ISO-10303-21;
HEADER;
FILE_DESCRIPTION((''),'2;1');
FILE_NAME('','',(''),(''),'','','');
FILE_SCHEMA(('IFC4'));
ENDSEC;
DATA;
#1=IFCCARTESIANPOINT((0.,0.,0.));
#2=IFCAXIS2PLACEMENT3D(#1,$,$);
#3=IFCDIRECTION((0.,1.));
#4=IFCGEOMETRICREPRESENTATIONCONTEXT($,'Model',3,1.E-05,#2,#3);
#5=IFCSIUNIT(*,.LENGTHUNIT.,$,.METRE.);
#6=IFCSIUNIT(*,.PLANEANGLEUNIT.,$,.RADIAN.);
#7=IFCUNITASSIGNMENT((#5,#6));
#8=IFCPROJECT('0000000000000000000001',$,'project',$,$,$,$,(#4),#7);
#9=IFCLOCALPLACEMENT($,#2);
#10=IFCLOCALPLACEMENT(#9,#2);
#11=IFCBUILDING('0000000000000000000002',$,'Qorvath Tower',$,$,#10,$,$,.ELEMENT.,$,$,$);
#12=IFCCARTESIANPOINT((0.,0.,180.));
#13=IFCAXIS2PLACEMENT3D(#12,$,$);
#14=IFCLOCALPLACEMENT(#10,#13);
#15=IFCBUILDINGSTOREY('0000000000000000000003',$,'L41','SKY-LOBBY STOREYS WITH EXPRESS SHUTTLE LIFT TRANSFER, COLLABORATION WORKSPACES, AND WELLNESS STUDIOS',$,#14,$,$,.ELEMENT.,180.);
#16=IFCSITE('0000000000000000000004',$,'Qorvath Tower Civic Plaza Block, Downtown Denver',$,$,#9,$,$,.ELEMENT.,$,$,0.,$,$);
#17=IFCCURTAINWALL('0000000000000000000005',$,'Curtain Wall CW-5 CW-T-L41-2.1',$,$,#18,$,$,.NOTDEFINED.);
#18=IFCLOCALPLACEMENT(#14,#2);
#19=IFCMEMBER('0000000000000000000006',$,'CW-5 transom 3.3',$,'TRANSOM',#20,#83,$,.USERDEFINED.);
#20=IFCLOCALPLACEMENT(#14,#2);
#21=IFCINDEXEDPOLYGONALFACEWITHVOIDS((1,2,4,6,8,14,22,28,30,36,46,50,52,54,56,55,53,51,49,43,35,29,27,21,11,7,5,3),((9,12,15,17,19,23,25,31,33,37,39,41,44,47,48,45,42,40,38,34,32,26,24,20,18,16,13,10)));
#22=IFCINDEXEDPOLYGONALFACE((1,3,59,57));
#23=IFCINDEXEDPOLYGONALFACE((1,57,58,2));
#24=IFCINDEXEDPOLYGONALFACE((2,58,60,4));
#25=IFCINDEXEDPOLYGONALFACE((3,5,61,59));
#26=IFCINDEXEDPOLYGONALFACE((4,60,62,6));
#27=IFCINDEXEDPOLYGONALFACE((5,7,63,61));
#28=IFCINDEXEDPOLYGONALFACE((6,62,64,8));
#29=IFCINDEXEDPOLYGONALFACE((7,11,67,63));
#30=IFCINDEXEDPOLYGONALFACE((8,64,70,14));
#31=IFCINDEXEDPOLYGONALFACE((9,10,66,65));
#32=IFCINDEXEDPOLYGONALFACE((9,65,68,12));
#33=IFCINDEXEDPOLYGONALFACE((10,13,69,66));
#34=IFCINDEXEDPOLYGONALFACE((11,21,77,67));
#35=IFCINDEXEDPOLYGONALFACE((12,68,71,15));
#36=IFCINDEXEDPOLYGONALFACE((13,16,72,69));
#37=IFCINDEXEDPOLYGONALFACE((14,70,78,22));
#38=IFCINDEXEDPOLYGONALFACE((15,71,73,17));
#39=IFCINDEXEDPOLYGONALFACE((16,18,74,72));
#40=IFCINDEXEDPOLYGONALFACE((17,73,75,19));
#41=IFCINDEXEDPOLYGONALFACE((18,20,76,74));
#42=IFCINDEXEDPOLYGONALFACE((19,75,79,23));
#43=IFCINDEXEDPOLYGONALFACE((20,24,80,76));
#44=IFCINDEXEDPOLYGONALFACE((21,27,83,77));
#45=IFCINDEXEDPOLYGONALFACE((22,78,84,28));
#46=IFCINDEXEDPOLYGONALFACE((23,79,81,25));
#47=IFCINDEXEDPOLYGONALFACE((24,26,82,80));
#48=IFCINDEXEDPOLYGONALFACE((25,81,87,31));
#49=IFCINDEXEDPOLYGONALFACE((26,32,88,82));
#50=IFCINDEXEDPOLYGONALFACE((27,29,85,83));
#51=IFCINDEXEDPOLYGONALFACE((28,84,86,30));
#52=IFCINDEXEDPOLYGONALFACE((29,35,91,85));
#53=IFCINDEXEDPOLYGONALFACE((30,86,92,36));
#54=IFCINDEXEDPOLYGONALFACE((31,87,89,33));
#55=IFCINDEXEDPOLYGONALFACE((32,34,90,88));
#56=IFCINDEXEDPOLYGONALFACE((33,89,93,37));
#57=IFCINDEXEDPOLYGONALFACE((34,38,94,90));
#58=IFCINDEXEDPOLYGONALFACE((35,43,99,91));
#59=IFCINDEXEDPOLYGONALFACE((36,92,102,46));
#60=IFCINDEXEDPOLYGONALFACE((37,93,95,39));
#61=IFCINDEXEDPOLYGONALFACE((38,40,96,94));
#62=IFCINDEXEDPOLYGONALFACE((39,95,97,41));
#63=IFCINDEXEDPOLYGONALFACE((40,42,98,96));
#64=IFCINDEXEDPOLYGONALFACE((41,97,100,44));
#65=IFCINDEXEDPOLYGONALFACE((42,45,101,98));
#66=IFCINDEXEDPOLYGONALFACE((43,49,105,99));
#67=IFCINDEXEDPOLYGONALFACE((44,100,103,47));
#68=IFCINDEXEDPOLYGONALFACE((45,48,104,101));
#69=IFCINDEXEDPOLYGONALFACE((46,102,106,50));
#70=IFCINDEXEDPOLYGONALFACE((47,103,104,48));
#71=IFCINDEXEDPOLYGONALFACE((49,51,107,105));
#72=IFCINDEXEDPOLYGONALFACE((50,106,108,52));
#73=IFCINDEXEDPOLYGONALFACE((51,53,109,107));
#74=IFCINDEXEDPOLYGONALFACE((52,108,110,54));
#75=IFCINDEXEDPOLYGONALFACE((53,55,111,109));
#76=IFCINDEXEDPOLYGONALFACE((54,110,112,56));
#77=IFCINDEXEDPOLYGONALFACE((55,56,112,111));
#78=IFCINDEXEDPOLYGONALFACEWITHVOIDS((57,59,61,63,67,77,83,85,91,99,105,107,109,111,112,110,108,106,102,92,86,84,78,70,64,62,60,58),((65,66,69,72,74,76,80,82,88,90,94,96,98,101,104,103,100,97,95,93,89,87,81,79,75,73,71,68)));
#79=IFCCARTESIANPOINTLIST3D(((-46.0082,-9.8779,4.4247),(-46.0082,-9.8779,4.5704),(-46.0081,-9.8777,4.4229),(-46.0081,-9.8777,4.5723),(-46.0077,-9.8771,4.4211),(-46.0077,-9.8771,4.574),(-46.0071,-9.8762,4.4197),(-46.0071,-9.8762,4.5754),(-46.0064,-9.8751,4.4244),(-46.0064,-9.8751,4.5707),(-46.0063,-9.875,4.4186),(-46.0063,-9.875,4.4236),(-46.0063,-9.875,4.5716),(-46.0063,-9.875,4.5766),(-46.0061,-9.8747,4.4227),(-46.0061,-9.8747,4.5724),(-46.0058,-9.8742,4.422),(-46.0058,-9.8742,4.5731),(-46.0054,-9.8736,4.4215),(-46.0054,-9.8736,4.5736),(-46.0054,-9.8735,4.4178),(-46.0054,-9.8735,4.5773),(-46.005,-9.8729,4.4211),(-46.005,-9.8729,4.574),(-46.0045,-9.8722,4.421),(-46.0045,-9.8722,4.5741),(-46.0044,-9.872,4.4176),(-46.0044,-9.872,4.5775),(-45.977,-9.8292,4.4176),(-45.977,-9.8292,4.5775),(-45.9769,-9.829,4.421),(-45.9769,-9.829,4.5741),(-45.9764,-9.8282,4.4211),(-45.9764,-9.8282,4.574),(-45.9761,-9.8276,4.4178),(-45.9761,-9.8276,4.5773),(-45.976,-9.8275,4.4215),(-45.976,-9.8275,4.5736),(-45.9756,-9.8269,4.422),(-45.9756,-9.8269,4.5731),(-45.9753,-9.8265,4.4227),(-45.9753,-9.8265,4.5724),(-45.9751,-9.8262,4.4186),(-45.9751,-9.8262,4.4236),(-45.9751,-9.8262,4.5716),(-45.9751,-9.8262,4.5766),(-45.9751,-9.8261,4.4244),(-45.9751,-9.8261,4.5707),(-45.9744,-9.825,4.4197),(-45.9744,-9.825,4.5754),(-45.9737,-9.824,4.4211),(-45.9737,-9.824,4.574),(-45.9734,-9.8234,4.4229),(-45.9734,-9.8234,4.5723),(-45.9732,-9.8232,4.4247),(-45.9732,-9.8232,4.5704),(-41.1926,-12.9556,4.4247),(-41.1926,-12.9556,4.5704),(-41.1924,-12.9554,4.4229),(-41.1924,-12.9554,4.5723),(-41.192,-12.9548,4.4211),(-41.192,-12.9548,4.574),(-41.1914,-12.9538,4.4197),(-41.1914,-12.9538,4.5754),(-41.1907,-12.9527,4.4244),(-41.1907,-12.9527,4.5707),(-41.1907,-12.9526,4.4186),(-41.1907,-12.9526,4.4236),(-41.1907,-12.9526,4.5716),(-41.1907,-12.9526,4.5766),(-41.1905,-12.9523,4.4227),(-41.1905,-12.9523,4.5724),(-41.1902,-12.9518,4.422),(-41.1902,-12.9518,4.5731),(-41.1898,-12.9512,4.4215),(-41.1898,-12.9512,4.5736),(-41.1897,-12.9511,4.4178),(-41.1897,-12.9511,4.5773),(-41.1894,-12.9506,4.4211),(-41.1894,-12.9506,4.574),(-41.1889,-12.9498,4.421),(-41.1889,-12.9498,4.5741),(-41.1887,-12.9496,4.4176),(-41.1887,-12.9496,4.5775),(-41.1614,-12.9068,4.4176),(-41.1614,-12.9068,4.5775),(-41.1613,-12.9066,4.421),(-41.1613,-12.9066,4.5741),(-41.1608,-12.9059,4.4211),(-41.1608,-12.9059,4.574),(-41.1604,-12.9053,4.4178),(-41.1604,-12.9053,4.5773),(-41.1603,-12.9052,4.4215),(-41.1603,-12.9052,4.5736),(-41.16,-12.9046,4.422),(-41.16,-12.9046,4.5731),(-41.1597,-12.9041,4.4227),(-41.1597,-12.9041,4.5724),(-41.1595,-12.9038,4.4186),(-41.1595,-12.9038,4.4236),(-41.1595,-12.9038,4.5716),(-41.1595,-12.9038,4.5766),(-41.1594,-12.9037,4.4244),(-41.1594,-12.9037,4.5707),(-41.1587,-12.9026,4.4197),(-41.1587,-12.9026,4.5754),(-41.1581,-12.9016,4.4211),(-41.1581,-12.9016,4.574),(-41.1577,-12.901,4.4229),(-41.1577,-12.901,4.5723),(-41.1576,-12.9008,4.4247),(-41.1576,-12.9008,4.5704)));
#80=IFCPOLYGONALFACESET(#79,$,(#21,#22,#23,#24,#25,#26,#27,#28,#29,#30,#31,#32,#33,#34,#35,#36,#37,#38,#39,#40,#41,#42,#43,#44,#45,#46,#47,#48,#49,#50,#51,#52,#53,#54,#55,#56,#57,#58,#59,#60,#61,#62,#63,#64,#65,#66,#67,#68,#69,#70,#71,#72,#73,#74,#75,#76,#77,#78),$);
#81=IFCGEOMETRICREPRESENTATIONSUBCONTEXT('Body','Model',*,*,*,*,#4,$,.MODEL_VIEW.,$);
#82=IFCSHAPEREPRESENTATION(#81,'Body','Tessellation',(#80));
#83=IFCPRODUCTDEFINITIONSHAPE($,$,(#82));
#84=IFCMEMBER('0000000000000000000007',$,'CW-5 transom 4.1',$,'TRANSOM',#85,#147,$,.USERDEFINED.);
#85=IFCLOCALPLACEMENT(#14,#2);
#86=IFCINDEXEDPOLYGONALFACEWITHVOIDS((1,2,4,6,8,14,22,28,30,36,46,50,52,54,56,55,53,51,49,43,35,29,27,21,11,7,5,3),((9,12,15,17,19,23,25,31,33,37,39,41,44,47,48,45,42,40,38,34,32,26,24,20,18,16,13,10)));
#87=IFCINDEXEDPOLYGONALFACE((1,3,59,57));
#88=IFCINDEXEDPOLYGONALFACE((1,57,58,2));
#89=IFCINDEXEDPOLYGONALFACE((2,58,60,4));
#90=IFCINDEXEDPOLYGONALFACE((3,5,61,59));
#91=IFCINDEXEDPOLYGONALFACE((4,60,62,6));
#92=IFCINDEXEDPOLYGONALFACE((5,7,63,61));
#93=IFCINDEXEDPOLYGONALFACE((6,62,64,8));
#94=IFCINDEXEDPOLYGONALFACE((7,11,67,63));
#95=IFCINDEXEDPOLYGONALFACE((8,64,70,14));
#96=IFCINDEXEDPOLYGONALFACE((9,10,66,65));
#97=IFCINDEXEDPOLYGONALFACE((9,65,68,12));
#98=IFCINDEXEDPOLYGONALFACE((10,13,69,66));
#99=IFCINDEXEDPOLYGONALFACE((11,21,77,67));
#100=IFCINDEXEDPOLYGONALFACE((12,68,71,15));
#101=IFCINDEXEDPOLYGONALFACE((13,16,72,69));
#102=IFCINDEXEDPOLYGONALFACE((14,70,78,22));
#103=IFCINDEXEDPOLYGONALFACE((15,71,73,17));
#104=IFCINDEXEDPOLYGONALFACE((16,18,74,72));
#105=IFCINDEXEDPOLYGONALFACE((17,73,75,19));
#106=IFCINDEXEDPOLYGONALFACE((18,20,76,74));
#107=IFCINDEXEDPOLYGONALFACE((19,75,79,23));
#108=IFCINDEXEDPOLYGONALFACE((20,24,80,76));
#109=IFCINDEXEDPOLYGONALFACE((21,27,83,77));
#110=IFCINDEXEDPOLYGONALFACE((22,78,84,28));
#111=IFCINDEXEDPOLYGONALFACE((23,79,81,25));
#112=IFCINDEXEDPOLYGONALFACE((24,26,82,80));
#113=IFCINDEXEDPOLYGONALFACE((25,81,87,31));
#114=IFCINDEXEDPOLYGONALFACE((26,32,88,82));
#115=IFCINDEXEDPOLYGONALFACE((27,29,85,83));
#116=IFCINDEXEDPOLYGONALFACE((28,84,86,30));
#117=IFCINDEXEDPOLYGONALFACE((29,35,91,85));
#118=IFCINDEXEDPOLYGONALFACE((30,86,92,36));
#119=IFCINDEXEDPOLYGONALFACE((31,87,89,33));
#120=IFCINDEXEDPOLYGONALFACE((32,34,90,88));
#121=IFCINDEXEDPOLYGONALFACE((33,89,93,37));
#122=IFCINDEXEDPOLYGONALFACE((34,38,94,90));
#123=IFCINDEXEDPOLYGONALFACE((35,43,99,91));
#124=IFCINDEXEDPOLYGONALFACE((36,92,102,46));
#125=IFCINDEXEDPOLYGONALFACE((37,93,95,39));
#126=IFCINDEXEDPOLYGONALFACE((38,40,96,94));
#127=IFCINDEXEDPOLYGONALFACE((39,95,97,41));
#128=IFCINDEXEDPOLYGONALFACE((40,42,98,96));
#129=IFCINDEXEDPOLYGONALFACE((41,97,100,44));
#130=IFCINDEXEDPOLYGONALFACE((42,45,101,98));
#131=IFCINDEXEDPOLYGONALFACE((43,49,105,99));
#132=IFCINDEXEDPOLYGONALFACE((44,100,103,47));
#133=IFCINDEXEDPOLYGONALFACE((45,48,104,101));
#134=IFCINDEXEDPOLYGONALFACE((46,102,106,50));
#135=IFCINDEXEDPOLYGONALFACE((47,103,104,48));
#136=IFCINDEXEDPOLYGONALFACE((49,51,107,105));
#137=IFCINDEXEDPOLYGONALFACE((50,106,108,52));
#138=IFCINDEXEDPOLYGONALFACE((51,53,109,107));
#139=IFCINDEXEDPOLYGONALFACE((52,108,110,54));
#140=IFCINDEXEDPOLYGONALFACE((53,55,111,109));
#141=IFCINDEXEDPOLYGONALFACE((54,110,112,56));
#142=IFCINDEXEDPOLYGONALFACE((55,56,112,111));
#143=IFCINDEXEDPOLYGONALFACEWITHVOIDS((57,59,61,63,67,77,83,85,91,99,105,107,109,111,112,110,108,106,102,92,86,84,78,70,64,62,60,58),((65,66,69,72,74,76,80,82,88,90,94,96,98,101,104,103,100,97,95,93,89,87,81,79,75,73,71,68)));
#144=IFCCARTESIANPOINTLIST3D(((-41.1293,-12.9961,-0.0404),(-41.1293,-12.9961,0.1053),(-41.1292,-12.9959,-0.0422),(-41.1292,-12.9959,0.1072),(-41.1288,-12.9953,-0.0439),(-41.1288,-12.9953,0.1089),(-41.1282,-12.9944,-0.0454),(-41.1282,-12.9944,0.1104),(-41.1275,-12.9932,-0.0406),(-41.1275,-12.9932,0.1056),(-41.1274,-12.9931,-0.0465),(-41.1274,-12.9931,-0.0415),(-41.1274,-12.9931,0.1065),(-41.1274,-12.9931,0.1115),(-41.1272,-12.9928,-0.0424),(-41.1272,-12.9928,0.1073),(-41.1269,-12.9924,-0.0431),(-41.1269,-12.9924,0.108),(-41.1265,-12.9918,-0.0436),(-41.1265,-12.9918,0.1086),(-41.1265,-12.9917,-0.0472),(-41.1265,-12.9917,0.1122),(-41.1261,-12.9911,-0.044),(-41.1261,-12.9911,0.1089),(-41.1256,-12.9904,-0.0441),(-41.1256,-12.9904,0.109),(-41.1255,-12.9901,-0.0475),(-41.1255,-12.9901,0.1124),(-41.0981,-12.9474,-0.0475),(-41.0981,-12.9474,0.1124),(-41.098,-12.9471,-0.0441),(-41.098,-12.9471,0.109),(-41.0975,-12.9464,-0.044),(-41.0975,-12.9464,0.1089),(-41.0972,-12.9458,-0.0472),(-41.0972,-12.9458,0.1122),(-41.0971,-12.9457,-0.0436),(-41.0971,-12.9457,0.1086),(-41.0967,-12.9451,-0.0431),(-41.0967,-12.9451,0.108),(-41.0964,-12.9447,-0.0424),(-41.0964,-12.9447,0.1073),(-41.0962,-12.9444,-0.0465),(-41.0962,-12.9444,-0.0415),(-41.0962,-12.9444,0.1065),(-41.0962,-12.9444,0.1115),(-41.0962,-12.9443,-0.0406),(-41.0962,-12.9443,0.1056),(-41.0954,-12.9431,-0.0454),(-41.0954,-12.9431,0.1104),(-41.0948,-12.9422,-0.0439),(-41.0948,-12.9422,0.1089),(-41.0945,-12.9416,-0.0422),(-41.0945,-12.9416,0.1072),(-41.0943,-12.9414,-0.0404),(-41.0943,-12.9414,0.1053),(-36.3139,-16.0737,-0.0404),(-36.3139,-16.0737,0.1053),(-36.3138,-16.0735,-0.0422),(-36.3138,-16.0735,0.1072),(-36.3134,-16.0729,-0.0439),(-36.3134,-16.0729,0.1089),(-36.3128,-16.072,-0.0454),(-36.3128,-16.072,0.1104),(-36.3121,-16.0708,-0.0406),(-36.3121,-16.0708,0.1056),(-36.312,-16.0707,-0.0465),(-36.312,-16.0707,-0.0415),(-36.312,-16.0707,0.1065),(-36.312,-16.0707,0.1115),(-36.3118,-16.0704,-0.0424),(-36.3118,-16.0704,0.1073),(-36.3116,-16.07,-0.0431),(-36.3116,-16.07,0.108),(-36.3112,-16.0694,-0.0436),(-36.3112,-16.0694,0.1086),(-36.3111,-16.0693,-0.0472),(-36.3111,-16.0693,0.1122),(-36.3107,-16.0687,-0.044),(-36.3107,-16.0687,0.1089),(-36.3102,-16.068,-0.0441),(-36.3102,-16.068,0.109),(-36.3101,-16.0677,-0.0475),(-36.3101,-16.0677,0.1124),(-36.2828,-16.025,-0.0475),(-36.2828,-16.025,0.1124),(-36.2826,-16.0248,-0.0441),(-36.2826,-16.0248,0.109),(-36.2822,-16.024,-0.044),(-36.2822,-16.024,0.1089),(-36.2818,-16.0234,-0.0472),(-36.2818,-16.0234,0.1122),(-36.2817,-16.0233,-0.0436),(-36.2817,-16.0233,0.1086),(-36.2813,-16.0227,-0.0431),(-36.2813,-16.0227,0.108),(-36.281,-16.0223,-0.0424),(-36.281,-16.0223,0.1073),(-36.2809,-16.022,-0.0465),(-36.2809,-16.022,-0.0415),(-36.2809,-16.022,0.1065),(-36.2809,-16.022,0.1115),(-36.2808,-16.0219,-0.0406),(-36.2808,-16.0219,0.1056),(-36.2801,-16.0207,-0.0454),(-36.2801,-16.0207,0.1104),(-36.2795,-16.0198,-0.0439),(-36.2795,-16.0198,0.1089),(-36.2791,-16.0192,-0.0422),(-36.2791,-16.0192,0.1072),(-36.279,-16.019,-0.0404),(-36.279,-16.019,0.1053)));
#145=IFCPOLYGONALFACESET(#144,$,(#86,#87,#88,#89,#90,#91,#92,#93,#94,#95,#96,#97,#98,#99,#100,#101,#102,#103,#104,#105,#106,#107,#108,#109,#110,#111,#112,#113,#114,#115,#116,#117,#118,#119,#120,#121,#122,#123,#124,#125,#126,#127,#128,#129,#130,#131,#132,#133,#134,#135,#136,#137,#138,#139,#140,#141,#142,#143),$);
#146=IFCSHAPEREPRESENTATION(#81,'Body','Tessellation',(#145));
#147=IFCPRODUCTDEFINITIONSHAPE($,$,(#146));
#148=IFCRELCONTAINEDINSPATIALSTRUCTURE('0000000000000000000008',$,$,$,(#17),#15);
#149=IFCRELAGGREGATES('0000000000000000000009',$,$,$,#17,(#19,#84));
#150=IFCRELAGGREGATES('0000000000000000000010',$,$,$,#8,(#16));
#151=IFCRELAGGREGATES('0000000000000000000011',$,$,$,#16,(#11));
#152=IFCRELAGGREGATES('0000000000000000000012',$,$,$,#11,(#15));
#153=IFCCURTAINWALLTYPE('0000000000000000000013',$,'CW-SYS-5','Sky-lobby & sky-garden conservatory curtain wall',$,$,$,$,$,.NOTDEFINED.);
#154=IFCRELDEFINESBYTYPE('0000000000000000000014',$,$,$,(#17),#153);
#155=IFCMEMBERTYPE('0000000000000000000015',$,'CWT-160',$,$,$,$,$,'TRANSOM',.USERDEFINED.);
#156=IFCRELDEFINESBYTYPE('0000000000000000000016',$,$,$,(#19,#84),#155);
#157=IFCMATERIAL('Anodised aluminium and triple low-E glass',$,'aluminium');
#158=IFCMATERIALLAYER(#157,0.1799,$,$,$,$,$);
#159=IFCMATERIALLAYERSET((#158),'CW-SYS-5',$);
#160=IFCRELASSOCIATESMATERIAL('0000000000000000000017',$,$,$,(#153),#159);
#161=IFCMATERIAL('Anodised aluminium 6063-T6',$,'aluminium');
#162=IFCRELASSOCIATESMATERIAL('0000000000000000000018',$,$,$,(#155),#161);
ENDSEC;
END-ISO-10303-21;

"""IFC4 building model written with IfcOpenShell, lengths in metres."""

from ifc_helpers import new_model, si_unit, direction, frame, origin, origin_2d, place, context, subcontext, project, spatial, hollow_rectangle, extrude, material, layer, layer_set, material_profile, profile_set, type_object, element, aggregate, save


model = new_model("IFC4")

# Units and contexts
model_context = context("Model", 3, precision=1e-05, world=origin(), true_north=direction((0.0, 1.0)))
body_context = subcontext(model_context, "Body", "Model", "MODEL_VIEW")
ifc_project = project(units=[si_unit("LENGTHUNIT", "METRE"), si_unit("PLANEANGLEUNIT", "RADIAN")], contexts=[model_context])

# Site, building, storey
site_placement = place(None, origin())
site = spatial("IfcSite", under=ifc_project, at=site_placement, Name="Qorvath Tower Civic Plaza Block, Downtown Denver", CompositionType="ELEMENT", RefElevation=0.0)
building_placement = place(site_placement, origin())
building = spatial("IfcBuilding", under=site, at=building_placement, Name="Qorvath Tower", CompositionType="ELEMENT")
storey_placement = place(building_placement, frame((0.0, 0.0, 180.0)))
storey = spatial("IfcBuildingStorey", under=building, at=storey_placement, Name="L41", Description="SKY-LOBBY STOREYS WITH EXPRESS SHUTTLE LIFT TRANSFER, COLLABORATION WORKSPACES, AND WELLNESS STUDIOS", CompositionType="ELEMENT", Elevation=180.0)

# Curtain wall, members
ifc_material_1 = material(Name="Anodised aluminium and triple low-E glass", Category="aluminium")
ifc_layer_1 = layer(ifc_material_1, 0.1799)
ifc_layer_set_1 = layer_set([ifc_layer_1], Name="CW-SYS-5")
curtain_wall_type = type_object("IfcCurtainWallType", Name="CW-SYS-5", Description="Sky-lobby & sky-garden conservatory curtain wall", PredefinedType="NOTDEFINED", material=ifc_layer_set_1)
curtain_wall_placement = place(storey_placement, origin())
curtain_wall = element("IfcCurtainWall", 1, at=curtain_wall_placement, inside=storey, type_object=curtain_wall_type, Name="Curtain Wall CW-5 CW-T-L41-2.1", PredefinedType="NOTDEFINED")
ifc_material_2 = material(Name="Anodised aluminium 6063-T6", Category="aluminium")
ifc_material_profile_1 = material_profile(ifc_material_2, hollow_rectangle(XDim=0.0649, YDim=0.1599, WallThickness=0.0034, InnerFilletRadius=0.0034, OuterFilletRadius=0.0071, at=origin_2d()), Name="CWT 160x65")
ifc_profile_set_1 = profile_set([ifc_material_profile_1], Name="Anodised aluminium 6063-T6")
member_type_1 = type_object("IfcMemberType", Name="CWT-160", ElementType="TRANSOM", PredefinedType="USERDEFINED", material=ifc_profile_set_1)
member_1_placement = place(storey_placement, frame((-45.9907, -9.8506, 4.4976), z_axis=(0.84262, -0.538508, 0.0), x_axis=(0.538508, 0.84262, 0.0)))
member_1 = element("IfcMember", 2, at=member_1_placement, type_object=member_type_1, Name="CW-5 transom 3.3", ObjectType="TRANSOM", PredefinedType="USERDEFINED", context=body_context, shape_type="SweptSolid", body=[
    extrude(hollow_rectangle(XDim=0.0649, YDim=0.1599, WallThickness=0.0034, InnerFilletRadius=0.0034, OuterFilletRadius=0.0071, at=origin_2d()), origin(), (0.0, 0.0, 1.0), 5.7151),
])
member_2_placement = place(storey_placement, frame((-41.1118, -12.9688, 0.0325), z_axis=(0.842608, -0.538527, 0.0), x_axis=(0.538527, 0.842608, 0.0)))
member_2 = element("IfcMember", 3, at=member_2_placement, type_object=member_type_1, Name="CW-5 transom 4.1", ObjectType="TRANSOM", PredefinedType="USERDEFINED", context=body_context, shape_type="SweptSolid", body=[
    extrude(hollow_rectangle(XDim=0.0649, YDim=0.1599, WallThickness=0.0034, InnerFilletRadius=0.0034, OuterFilletRadius=0.0071, at=origin_2d()), origin(), (0.0, 0.0, 1.0), 5.7148),
])
aggregate(curtain_wall, [member_1, member_2])

save(model, "model.ifc")
